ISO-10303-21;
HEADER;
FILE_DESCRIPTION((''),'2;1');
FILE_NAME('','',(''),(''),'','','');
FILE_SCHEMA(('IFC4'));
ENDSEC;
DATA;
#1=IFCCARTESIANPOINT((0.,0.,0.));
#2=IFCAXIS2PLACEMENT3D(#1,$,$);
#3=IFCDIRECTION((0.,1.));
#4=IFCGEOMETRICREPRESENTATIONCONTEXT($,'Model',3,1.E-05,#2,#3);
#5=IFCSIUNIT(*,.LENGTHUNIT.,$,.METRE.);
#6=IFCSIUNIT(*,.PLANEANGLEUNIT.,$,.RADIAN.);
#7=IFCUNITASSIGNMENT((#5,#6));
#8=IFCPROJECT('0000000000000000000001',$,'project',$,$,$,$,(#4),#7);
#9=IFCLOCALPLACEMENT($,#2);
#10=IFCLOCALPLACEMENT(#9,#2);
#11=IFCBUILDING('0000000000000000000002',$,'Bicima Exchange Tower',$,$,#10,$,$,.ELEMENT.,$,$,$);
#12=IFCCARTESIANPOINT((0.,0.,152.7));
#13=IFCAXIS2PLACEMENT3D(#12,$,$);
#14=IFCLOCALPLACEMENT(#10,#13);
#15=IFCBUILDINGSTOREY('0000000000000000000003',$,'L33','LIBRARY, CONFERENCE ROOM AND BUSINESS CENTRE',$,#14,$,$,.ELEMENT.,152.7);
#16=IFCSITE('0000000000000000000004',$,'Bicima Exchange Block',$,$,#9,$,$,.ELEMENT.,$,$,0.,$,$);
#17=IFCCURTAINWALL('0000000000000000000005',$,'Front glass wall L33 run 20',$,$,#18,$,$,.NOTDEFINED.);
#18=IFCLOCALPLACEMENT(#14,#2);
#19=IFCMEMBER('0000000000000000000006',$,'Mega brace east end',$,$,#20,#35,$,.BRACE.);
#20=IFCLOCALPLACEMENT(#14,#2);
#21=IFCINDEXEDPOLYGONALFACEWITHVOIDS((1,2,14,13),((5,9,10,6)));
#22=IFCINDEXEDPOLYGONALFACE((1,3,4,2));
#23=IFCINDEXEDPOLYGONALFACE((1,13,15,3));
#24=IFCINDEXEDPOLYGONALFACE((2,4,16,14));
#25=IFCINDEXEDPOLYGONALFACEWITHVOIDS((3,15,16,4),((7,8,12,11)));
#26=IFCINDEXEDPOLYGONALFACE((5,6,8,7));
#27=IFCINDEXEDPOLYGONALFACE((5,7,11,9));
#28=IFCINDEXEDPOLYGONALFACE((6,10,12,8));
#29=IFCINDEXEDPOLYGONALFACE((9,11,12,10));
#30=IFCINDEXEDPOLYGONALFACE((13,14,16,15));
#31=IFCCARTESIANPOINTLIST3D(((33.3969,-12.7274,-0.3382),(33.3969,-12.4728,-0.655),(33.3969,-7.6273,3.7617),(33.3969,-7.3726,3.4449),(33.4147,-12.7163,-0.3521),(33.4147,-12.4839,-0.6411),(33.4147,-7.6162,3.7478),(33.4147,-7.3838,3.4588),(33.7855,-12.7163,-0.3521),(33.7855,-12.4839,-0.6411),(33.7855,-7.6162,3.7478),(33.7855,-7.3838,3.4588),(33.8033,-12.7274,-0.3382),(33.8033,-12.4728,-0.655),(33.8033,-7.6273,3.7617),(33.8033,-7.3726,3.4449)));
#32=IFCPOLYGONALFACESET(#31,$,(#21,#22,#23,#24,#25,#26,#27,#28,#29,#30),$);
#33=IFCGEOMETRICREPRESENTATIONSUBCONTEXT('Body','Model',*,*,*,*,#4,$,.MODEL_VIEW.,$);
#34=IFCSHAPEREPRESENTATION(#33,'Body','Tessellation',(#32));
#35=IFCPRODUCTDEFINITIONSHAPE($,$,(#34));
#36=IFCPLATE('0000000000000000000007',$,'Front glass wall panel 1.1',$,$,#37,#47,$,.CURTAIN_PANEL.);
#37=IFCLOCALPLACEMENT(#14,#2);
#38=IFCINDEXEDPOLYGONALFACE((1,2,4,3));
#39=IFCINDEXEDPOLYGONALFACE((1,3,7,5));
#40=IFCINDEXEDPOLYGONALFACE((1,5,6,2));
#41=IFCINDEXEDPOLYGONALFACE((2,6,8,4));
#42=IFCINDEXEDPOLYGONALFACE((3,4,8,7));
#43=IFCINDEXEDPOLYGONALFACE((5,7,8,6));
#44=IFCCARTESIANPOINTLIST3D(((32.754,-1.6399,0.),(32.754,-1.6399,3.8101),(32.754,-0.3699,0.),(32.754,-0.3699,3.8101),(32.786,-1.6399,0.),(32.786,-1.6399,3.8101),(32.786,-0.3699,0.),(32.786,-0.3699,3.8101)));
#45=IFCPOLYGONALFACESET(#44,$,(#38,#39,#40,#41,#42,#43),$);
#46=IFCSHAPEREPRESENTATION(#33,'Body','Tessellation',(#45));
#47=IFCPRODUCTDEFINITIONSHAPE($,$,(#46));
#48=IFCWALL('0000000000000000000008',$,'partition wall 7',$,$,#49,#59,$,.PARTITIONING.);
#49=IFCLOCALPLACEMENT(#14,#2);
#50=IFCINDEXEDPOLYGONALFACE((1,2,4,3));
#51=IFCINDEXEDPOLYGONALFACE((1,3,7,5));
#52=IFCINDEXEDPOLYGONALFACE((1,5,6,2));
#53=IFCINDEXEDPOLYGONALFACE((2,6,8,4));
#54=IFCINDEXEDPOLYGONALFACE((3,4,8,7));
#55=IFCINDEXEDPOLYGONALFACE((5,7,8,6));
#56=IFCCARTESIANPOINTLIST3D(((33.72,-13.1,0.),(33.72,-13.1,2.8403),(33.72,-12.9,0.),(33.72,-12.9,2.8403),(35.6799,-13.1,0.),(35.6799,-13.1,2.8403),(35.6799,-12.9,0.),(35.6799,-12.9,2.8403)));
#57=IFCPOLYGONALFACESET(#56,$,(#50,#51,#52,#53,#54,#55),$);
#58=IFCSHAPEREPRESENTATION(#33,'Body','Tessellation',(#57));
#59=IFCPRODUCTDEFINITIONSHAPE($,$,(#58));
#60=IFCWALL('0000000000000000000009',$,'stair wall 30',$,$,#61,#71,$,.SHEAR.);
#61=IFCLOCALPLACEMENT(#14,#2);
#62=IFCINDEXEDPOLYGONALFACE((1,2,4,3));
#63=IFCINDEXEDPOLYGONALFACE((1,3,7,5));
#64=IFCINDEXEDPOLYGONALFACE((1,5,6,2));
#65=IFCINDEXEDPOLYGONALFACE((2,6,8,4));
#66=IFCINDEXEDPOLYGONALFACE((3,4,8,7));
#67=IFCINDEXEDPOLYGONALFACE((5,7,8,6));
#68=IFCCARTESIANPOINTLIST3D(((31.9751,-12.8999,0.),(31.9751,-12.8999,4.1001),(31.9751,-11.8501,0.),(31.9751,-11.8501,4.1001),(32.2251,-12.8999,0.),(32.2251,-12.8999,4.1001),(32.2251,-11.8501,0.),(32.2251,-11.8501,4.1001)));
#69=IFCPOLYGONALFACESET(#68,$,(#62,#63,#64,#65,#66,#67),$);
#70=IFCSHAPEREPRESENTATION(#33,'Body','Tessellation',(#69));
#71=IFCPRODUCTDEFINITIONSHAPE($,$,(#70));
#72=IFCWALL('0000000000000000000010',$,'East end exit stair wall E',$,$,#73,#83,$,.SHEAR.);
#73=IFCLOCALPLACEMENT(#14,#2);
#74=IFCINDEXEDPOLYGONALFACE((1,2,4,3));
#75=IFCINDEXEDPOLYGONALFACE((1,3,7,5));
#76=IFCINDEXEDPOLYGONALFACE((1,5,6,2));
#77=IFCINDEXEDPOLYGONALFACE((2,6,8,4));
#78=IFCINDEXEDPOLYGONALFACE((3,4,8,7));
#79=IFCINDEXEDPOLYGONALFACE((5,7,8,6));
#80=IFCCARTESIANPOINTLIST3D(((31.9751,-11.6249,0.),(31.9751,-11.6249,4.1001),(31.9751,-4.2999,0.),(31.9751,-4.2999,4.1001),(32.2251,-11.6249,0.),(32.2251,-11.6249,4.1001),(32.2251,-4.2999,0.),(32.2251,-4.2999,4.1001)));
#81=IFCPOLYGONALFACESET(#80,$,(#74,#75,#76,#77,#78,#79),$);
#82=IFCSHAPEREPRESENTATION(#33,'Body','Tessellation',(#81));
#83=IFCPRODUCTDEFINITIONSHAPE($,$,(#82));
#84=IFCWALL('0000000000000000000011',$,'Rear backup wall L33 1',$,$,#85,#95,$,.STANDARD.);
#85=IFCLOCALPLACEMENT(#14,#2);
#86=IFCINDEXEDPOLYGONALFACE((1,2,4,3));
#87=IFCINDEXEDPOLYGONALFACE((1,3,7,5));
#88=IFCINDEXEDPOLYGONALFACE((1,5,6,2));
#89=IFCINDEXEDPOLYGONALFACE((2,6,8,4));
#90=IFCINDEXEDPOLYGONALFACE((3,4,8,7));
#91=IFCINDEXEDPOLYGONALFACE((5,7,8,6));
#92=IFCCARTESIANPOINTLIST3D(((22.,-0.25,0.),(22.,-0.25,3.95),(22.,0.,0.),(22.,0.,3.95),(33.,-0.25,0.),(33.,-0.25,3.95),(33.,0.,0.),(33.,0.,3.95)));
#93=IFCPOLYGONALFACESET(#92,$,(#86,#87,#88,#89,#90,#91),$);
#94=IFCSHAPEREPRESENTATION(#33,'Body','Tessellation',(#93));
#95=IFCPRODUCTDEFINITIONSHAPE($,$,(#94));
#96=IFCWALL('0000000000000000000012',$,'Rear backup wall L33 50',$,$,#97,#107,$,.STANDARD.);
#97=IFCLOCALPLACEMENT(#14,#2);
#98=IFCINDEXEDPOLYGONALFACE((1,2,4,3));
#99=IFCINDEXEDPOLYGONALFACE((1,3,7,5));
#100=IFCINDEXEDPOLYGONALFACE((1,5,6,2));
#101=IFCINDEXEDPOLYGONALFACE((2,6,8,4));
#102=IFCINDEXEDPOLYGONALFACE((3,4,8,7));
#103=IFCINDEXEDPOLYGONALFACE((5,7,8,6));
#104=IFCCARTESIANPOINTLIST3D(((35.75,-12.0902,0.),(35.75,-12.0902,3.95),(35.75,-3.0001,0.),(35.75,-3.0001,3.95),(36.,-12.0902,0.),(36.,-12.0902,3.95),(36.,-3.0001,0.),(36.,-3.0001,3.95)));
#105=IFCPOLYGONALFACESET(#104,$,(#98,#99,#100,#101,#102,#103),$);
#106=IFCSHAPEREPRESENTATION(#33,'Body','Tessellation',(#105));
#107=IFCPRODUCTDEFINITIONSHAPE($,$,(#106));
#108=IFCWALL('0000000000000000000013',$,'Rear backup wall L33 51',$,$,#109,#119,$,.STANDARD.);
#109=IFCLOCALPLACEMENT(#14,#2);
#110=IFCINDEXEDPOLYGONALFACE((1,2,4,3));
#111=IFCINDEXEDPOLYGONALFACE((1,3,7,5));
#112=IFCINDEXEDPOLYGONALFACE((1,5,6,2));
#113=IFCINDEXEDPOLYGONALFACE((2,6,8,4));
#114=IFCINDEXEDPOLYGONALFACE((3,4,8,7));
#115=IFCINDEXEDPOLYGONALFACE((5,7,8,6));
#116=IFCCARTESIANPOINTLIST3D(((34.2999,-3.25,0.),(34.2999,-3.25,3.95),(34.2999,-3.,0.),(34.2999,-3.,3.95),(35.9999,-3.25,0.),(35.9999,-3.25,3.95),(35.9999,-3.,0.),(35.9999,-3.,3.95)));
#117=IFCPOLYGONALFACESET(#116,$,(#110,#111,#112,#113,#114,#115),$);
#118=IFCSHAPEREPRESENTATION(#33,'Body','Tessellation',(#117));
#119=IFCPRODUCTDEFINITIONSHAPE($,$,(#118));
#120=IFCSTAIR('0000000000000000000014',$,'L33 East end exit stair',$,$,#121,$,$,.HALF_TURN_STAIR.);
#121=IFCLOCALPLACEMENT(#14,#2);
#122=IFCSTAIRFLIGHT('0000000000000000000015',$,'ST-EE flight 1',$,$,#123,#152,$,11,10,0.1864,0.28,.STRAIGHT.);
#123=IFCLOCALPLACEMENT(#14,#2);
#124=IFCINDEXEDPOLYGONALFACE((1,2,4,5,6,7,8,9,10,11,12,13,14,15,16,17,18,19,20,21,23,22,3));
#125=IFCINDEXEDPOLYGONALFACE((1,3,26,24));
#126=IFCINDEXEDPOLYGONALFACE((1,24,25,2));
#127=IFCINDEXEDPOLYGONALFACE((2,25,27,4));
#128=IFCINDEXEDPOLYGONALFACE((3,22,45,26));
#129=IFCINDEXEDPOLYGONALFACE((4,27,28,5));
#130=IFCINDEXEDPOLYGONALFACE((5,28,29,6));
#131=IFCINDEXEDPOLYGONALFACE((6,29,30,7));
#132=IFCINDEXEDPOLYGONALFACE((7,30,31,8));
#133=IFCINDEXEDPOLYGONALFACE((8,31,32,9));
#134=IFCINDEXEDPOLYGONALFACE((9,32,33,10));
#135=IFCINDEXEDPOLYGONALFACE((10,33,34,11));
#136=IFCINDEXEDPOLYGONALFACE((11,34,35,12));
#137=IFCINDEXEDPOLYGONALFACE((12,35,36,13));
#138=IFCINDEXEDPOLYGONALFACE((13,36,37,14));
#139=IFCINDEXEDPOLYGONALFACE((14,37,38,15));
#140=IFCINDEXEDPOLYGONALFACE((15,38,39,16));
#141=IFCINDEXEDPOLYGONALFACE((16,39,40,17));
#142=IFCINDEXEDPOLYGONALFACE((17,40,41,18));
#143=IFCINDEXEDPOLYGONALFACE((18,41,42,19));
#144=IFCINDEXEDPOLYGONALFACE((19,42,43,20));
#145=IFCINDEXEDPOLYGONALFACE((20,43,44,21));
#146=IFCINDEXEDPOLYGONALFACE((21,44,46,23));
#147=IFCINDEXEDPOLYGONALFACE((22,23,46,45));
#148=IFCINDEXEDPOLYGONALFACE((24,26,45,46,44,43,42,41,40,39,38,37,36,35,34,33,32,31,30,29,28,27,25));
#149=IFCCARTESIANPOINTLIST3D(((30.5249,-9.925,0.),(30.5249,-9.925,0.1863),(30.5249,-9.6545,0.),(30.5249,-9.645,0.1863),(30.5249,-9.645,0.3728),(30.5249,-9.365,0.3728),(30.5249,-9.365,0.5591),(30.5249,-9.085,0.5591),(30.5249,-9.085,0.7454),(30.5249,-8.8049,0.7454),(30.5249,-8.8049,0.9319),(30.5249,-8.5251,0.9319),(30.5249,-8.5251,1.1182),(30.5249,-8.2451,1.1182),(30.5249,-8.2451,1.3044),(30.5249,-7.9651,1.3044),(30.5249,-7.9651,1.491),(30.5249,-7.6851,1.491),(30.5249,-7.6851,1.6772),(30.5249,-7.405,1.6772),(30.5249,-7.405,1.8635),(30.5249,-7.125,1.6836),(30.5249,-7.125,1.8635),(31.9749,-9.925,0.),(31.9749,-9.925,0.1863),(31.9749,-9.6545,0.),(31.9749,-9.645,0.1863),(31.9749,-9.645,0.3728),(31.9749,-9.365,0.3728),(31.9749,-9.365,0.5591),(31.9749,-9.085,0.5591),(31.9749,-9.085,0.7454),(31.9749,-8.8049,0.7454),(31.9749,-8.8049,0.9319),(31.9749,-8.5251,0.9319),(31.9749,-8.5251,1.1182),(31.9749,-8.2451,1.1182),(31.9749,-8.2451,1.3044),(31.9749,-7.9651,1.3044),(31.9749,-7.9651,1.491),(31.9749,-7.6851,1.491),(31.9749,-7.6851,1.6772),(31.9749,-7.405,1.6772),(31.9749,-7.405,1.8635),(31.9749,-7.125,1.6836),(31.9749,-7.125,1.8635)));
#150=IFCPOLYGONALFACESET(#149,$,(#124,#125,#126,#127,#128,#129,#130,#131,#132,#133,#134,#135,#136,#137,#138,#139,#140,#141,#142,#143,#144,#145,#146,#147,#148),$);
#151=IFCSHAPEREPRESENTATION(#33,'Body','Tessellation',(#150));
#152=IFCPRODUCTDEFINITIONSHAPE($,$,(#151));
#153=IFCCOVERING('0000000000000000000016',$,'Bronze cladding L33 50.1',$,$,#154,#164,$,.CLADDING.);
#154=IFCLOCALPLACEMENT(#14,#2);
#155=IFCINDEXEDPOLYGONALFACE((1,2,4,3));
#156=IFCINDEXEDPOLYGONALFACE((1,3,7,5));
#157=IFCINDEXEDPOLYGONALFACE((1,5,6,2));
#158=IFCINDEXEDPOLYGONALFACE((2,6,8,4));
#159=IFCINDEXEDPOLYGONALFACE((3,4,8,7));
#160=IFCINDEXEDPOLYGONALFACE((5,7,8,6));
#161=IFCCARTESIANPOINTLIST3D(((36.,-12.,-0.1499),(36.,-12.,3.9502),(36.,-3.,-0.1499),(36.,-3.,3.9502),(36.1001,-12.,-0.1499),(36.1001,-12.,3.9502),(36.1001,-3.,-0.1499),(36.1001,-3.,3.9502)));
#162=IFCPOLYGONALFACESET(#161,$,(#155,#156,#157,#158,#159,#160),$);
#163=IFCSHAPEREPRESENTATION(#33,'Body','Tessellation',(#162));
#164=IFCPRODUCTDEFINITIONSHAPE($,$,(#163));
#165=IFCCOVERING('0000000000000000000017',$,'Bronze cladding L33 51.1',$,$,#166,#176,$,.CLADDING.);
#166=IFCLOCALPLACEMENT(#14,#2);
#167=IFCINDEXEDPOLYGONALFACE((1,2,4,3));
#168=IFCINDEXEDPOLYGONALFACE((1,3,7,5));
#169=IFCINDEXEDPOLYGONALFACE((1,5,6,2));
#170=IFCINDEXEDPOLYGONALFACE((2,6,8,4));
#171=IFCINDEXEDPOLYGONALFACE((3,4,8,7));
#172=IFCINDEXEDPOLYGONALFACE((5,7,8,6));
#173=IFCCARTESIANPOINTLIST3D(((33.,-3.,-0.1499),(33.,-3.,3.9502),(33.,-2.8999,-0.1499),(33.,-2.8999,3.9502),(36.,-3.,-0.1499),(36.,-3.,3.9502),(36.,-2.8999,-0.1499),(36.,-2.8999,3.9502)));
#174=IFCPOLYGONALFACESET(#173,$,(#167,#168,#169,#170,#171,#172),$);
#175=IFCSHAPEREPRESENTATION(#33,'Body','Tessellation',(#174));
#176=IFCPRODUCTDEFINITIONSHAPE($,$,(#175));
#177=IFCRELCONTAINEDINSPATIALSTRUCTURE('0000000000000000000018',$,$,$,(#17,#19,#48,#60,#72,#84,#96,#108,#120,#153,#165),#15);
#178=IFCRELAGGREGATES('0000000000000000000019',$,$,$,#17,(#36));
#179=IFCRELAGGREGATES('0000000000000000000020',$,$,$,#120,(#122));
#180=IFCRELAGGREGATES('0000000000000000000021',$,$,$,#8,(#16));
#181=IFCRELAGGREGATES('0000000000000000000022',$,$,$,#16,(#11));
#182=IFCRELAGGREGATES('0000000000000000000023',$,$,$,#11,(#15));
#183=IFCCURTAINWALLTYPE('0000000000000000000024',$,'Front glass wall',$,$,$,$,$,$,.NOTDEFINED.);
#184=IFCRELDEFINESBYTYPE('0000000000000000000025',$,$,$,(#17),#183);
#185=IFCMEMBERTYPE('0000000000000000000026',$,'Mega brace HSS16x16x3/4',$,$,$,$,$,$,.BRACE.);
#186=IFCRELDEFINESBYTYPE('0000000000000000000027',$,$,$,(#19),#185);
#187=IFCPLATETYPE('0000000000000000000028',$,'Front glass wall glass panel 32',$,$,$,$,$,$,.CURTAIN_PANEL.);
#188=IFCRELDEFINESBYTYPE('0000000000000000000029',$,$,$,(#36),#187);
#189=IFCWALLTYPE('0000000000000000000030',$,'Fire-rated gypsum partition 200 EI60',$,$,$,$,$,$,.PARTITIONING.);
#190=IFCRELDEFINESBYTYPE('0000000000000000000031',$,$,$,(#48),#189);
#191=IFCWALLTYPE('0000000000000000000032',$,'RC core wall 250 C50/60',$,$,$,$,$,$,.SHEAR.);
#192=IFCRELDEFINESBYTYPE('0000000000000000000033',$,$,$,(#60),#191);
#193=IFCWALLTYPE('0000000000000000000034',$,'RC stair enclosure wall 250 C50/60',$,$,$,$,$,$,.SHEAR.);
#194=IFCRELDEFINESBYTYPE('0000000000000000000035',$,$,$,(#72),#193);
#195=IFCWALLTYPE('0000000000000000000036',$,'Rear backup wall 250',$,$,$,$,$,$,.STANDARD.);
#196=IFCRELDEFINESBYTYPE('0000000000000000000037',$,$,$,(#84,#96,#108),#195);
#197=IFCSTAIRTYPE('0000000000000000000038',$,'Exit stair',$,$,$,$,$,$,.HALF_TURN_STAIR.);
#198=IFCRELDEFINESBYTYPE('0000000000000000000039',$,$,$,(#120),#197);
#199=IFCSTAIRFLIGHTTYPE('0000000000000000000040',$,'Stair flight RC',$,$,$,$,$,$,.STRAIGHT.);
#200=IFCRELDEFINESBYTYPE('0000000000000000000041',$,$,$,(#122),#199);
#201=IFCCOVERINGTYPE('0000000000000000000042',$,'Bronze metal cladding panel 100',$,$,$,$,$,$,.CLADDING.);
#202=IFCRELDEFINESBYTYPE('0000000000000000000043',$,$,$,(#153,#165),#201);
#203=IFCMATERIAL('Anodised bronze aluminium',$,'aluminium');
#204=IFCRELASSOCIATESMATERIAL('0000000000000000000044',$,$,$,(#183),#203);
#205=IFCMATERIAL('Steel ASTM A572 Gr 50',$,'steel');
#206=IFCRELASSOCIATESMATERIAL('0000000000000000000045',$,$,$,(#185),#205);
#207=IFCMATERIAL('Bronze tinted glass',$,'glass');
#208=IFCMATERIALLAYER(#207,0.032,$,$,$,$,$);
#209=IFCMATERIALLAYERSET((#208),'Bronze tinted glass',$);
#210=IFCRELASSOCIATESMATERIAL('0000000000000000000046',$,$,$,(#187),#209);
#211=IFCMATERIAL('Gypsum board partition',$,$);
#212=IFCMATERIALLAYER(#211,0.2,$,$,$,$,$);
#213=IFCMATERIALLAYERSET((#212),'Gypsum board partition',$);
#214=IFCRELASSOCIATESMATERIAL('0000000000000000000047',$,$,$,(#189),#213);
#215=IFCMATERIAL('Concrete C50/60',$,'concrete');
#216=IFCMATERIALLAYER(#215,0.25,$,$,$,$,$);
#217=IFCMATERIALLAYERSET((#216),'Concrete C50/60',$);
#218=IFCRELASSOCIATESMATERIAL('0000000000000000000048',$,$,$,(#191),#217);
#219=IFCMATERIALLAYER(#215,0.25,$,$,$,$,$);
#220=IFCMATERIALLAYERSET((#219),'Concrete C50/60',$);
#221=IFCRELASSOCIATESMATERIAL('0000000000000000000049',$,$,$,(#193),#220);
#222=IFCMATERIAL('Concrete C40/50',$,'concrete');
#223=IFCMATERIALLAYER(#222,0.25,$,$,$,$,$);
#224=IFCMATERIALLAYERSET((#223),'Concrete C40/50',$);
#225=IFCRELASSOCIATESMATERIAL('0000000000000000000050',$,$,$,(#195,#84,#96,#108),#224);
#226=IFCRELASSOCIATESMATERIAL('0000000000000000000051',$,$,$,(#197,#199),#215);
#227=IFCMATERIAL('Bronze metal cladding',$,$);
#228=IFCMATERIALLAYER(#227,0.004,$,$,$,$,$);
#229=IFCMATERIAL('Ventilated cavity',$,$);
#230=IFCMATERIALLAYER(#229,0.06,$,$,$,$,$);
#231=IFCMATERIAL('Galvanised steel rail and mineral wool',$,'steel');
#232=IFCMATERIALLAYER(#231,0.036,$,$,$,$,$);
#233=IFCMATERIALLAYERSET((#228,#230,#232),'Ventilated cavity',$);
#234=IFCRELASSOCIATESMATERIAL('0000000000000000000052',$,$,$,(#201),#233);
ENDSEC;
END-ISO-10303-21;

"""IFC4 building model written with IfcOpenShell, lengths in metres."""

from ifc_helpers import new_model, si_unit, direction, frame, frame_2d, origin, origin_2d, place, context, subcontext, project, spatial, polyline, rectangle, hollow_rectangle, outline, extrude, material, layer, layer_set, layer_usage, material_profile, profile_set, type_object, element, aggregate, save


model = new_model("IFC4")

# Units and contexts
model_context = context("Model", 3, precision=1e-05, world=origin(), true_north=direction((0.0, 1.0)))
body_context = subcontext(model_context, "Body", "Model", "MODEL_VIEW")
ifc_project = project(units=[si_unit("LENGTHUNIT", "METRE"), si_unit("PLANEANGLEUNIT", "RADIAN")], contexts=[model_context])

# Site, building, storey
site_placement = place(None, origin())
site = spatial("IfcSite", under=ifc_project, at=site_placement, Name="Bicima Exchange Block", CompositionType="ELEMENT", RefElevation=0.0)
building_placement = place(site_placement, origin())
building = spatial("IfcBuilding", under=site, at=building_placement, Name="Bicima Exchange Tower", CompositionType="ELEMENT")
storey_placement = place(building_placement, frame((0.0, 0.0, 152.7)))
storey = spatial("IfcBuildingStorey", under=building, at=storey_placement, Name="L33", Description="LIBRARY, CONFERENCE ROOM AND BUSINESS CENTRE", CompositionType="ELEMENT", Elevation=152.7)

# Shared definitions
ifc_material_1 = material(Name="Steel ASTM A572 Gr 50", Category="steel")

# Shared definitions
ifc_material_2 = material(Name="Anodised bronze aluminium", Category="aluminium")

# Curtain wall
curtain_wall_type_1 = type_object("IfcCurtainWallType", Name="Front glass wall", PredefinedType="NOTDEFINED", material=ifc_material_2)
curtain_wall_1_placement = place(storey_placement, origin())
curtain_wall_1 = element("IfcCurtainWall", 1, at=curtain_wall_1_placement, inside=storey, type_object=curtain_wall_type_1, Name="Front glass wall L33 run 20", PredefinedType="NOTDEFINED")

# Member
ifc_material_profile_1 = material_profile(ifc_material_1, hollow_rectangle(XDim=0.4065, YDim=0.4065, WallThickness=0.0178, at=origin_2d()))
ifc_profile_set_1 = profile_set([ifc_material_profile_1], Name="Steel ASTM A572 Gr 50")
member_type_1 = type_object("IfcMemberType", Name="Mega brace HSS16x16x3/4", PredefinedType="BRACE", material=ifc_profile_set_1)
for number, where, z_axis, x_axis, name in (
    (2, (33.6001, -12.6001, -0.4966), (0.0, 0.779392, 0.626536), (-1.0, 0.0, 0.0), "Mega brace east end"),
):
    element("IfcMember", number, at=place(storey_placement, frame(where, z_axis=z_axis, x_axis=x_axis)), inside=storey, type_object=member_type_1, Name=name, PredefinedType="BRACE", context=body_context, shape_type="SweptSolid", body=[
        extrude(hollow_rectangle(XDim=0.4065, YDim=0.4065, WallThickness=0.0178, at=origin_2d()), origin(), (0.0, 0.0, 1.0), 6.5437),
    ])

# Plate
ifc_material_3 = material(Name="Bronze tinted glass", Category="glass")
ifc_layer_1 = layer(ifc_material_3, 0.032)
ifc_layer_set_1 = layer_set([ifc_layer_1], Name="Bronze tinted glass")
plate_type = type_object("IfcPlateType", Name="Front glass wall glass panel 32", PredefinedType="CURTAIN_PANEL", material=ifc_layer_set_1)
plate_placement = place(storey_placement, frame((32.77, -1.0049, 0.0), z_axis=(0.0, 0.0, 1.0), x_axis=(0.0, 1.0, 0.0)))
plate = element("IfcPlate", 3, at=plate_placement, type_object=plate_type, Name="Front glass wall panel 1.1", PredefinedType="CURTAIN_PANEL", context=body_context, shape_type="SweptSolid", body=[
    extrude(rectangle(XDim=1.27, YDim=0.032, at=origin_2d()), origin(), (0.0, 0.0, 1.0), 3.8101),
])
aggregate(curtain_wall_1, [plate])

# Walls
ifc_material_4 = material(Name="Gypsum board partition")
ifc_layer_2 = layer(ifc_material_4, 0.2)
ifc_layer_set_2 = layer_set([ifc_layer_2], Name="Gypsum board partition")
wall_type_1 = type_object("IfcWallType", Name="Fire-rated gypsum partition 200 EI60", PredefinedType="PARTITIONING", material=ifc_layer_set_2)
wall_1_placement = place(storey_placement, frame((33.72, -13.0, 0.0), z_axis=(0.0, 0.0, 1.0), x_axis=(1.0, 0.0, 0.0)))
element("IfcWall", 4, at=wall_1_placement, inside=storey, type_object=wall_type_1, Name="partition wall 7", PredefinedType="PARTITIONING", context=body_context, shape_type="SweptSolid", body=[
    extrude(rectangle(XDim=1.96, YDim=0.2, at=frame_2d((0.98, 0.0))), origin(), (0.0, 0.0, 1.0), 2.8403),
])
ifc_material_5 = material(Name="Concrete C50/60", Category="concrete")
ifc_layer_3 = layer(ifc_material_5, 0.25)
ifc_layer_set_3 = layer_set([ifc_layer_3], Name="Concrete C50/60")
wall_type_2 = type_object("IfcWallType", Name="RC core wall 250 C50/60", PredefinedType="SHEAR", material=ifc_layer_set_3)
wall_2_placement = place(storey_placement, frame((32.1001, -12.8999, 0.0), z_axis=(0.0, 0.0, 1.0), x_axis=(0.0, 1.0, 0.0)))
element("IfcWall", 5, at=wall_2_placement, inside=storey, type_object=wall_type_2, Name="stair wall 30", PredefinedType="SHEAR", context=body_context, shape_type="SweptSolid", body=[
    extrude(rectangle(XDim=1.0498, YDim=0.25, at=frame_2d((0.5249, 0.0))), origin(), (0.0, 0.0, 1.0), 4.1001),
])
ifc_layer_4 = layer(ifc_material_5, 0.25)
ifc_layer_set_4 = layer_set([ifc_layer_4], Name="Concrete C50/60")
wall_type_3 = type_object("IfcWallType", Name="RC stair enclosure wall 250 C50/60", PredefinedType="SHEAR", material=ifc_layer_set_4)
wall_3_placement = place(storey_placement, frame((32.1001, -11.625, 0.0), z_axis=(0.0, 0.0, 1.0), x_axis=(0.0, 1.0, 0.0)))
element("IfcWall", 6, at=wall_3_placement, inside=storey, type_object=wall_type_3, Name="East end exit stair wall E", PredefinedType="SHEAR", context=body_context, shape_type="SweptSolid", body=[
    extrude(rectangle(XDim=7.325, YDim=0.25, at=frame_2d((3.6626, 0.0))), origin(), (0.0, 0.0, 1.0), 4.1001),
])
ifc_material_6 = material(Name="Concrete C40/50", Category="concrete")
ifc_layer_5 = layer(ifc_material_6, 0.25)
ifc_layer_set_5 = layer_set([ifc_layer_5], Name="Concrete C40/50")
ifc_layer_usage = layer_usage(ifc_layer_set_5, "AXIS2", "POSITIVE", -0.125)
wall_type_4 = type_object("IfcWallType", Name="Rear backup wall 250", PredefinedType="STANDARD", material=ifc_layer_set_5)
wall_4_placement = place(storey_placement, frame((33.0, -0.125, 0.0), z_axis=(0.0, 0.0, 1.0), x_axis=(-1.0, 0.0, 0.0)))
element("IfcWall", 7, at=wall_4_placement, inside=storey, type_object=wall_type_4, material=ifc_layer_usage, Name="Rear backup wall L33 1", PredefinedType="STANDARD", context=body_context, shape_type="SweptSolid", body=[
    extrude(rectangle(XDim=11.0, YDim=0.25, at=frame_2d((5.5, 0.0))), origin(), (0.0, 0.0, 1.0), 3.95),
])
wall_5_placement = place(storey_placement, frame((35.875, -12.0901, 0.0), z_axis=(0.0, 0.0, 1.0), x_axis=(0.0, 1.0, 0.0)))
element("IfcWall", 8, at=wall_5_placement, inside=storey, type_object=wall_type_4, material=ifc_layer_usage, Name="Rear backup wall L33 50", PredefinedType="STANDARD", context=body_context, shape_type="SweptSolid", body=[
    extrude(rectangle(XDim=9.0901, YDim=0.25, at=frame_2d((4.5449, 0.0))), origin(), (0.0, 0.0, 1.0), 3.95),
])
wall_6_placement = place(storey_placement, frame((36.0, -3.125, 0.0), z_axis=(0.0, 0.0, 1.0), x_axis=(-1.0, 0.0, 0.0)))
element("IfcWall", 9, at=wall_6_placement, inside=storey, type_object=wall_type_4, material=ifc_layer_usage, Name="Rear backup wall L33 51", PredefinedType="STANDARD", context=body_context, shape_type="SweptSolid", body=[
    extrude(rectangle(XDim=1.7, YDim=0.25, at=frame_2d((0.8501, 0.0))), origin(), (0.0, 0.0, 1.0), 3.95),
])

# Stair, stair flight
stair_type = type_object("IfcStairType", Name="Exit stair", PredefinedType="HALF_TURN_STAIR", material=ifc_material_5)
stair_placement = place(storey_placement, origin())
stair = element("IfcStair", 10, at=stair_placement, inside=storey, type_object=stair_type, Name="L33 East end exit stair", PredefinedType="HALF_TURN_STAIR")
stair_flight_type = type_object("IfcStairFlightType", Name="Stair flight RC", PredefinedType="STRAIGHT", material=ifc_material_5)
stair_flight_placement = place(storey_placement, frame((31.25, -9.925, 0.0), z_axis=(0.0, 0.0, 1.0), x_axis=(0.0, 1.0, 0.0)))
stair_flight = element("IfcStairFlight", 11, at=stair_flight_placement, type_object=stair_flight_type, Name="ST-EE flight 1", NumberOfRisers=11, NumberOfTreads=10, PredefinedType="STRAIGHT", RiserHeight=0.1864, TreadLength=0.28, context=body_context, shape_type="SweptSolid", body=[
    extrude(outline(polyline([(0.0, 0.0), (0.0, 0.1863), (0.28, 0.1863), (0.28, 0.3728), (0.5601, 0.3728), (0.5601, 0.5591), (0.8401, 0.5591), (0.8401, 0.7454), (1.1201, 0.7454), (1.1201, 0.9319), (1.3999, 0.9319), (1.3999, 1.1182), (1.6799, 1.1182), (1.6799, 1.3044), (1.96, 1.3044), (1.96, 1.491), (2.24, 1.491), (2.24, 1.6772), (2.52, 1.6772), (2.52, 1.8635), (2.8, 1.8635), (2.8, 2.05), (2.8, 1.6836), (0.2705, 0.0), (0.0, 0.0)])), frame((0.0, 0.7251, 0.0), z_axis=(0.0, -1.0, 0.0), x_axis=(1.0, 0.0, 0.0)), (0.0, 0.0, 1.0), 1.45),
])
aggregate(stair, [stair_flight])

# Coverings
ifc_material_7 = material(Name="Bronze metal cladding")
ifc_layer_6 = layer(ifc_material_7, 0.004)
ifc_material_8 = material(Name="Ventilated cavity")
ifc_layer_7 = layer(ifc_material_8, 0.06)
ifc_material_9 = material(Name="Galvanised steel rail and mineral wool", Category="steel")
ifc_layer_8 = layer(ifc_material_9, 0.036)
ifc_layer_set_6 = layer_set([ifc_layer_6, ifc_layer_7, ifc_layer_8], Name="Ventilated cavity")
covering_type = type_object("IfcCoveringType", Name="Bronze metal cladding panel 100", PredefinedType="CLADDING", material=ifc_layer_set_6)
covering_1_placement = place(storey_placement, frame((36.05, -7.5, -0.1499), z_axis=(0.0, 0.0, 1.0), x_axis=(0.0, 1.0, 0.0)))
element("IfcCovering", 12, at=covering_1_placement, inside=storey, type_object=covering_type, Name="Bronze cladding L33 50.1", PredefinedType="CLADDING", context=body_context, shape_type="SweptSolid", body=[
    extrude(rectangle(XDim=9.0, YDim=0.1001, at=origin_2d()), origin(), (0.0, 0.0, 1.0), 4.1001),
])
covering_2_placement = place(storey_placement, frame((34.5, -2.95, -0.1499), z_axis=(0.0, 0.0, 1.0), x_axis=(-1.0, 0.0, 0.0)))
element("IfcCovering", 13, at=covering_2_placement, inside=storey, type_object=covering_type, Name="Bronze cladding L33 51.1", PredefinedType="CLADDING", context=body_context, shape_type="SweptSolid", body=[
    extrude(rectangle(XDim=3.0, YDim=0.1001, at=origin_2d()), origin(), (0.0, 0.0, 1.0), 4.1001),
])

save(model, "model.ifc")
